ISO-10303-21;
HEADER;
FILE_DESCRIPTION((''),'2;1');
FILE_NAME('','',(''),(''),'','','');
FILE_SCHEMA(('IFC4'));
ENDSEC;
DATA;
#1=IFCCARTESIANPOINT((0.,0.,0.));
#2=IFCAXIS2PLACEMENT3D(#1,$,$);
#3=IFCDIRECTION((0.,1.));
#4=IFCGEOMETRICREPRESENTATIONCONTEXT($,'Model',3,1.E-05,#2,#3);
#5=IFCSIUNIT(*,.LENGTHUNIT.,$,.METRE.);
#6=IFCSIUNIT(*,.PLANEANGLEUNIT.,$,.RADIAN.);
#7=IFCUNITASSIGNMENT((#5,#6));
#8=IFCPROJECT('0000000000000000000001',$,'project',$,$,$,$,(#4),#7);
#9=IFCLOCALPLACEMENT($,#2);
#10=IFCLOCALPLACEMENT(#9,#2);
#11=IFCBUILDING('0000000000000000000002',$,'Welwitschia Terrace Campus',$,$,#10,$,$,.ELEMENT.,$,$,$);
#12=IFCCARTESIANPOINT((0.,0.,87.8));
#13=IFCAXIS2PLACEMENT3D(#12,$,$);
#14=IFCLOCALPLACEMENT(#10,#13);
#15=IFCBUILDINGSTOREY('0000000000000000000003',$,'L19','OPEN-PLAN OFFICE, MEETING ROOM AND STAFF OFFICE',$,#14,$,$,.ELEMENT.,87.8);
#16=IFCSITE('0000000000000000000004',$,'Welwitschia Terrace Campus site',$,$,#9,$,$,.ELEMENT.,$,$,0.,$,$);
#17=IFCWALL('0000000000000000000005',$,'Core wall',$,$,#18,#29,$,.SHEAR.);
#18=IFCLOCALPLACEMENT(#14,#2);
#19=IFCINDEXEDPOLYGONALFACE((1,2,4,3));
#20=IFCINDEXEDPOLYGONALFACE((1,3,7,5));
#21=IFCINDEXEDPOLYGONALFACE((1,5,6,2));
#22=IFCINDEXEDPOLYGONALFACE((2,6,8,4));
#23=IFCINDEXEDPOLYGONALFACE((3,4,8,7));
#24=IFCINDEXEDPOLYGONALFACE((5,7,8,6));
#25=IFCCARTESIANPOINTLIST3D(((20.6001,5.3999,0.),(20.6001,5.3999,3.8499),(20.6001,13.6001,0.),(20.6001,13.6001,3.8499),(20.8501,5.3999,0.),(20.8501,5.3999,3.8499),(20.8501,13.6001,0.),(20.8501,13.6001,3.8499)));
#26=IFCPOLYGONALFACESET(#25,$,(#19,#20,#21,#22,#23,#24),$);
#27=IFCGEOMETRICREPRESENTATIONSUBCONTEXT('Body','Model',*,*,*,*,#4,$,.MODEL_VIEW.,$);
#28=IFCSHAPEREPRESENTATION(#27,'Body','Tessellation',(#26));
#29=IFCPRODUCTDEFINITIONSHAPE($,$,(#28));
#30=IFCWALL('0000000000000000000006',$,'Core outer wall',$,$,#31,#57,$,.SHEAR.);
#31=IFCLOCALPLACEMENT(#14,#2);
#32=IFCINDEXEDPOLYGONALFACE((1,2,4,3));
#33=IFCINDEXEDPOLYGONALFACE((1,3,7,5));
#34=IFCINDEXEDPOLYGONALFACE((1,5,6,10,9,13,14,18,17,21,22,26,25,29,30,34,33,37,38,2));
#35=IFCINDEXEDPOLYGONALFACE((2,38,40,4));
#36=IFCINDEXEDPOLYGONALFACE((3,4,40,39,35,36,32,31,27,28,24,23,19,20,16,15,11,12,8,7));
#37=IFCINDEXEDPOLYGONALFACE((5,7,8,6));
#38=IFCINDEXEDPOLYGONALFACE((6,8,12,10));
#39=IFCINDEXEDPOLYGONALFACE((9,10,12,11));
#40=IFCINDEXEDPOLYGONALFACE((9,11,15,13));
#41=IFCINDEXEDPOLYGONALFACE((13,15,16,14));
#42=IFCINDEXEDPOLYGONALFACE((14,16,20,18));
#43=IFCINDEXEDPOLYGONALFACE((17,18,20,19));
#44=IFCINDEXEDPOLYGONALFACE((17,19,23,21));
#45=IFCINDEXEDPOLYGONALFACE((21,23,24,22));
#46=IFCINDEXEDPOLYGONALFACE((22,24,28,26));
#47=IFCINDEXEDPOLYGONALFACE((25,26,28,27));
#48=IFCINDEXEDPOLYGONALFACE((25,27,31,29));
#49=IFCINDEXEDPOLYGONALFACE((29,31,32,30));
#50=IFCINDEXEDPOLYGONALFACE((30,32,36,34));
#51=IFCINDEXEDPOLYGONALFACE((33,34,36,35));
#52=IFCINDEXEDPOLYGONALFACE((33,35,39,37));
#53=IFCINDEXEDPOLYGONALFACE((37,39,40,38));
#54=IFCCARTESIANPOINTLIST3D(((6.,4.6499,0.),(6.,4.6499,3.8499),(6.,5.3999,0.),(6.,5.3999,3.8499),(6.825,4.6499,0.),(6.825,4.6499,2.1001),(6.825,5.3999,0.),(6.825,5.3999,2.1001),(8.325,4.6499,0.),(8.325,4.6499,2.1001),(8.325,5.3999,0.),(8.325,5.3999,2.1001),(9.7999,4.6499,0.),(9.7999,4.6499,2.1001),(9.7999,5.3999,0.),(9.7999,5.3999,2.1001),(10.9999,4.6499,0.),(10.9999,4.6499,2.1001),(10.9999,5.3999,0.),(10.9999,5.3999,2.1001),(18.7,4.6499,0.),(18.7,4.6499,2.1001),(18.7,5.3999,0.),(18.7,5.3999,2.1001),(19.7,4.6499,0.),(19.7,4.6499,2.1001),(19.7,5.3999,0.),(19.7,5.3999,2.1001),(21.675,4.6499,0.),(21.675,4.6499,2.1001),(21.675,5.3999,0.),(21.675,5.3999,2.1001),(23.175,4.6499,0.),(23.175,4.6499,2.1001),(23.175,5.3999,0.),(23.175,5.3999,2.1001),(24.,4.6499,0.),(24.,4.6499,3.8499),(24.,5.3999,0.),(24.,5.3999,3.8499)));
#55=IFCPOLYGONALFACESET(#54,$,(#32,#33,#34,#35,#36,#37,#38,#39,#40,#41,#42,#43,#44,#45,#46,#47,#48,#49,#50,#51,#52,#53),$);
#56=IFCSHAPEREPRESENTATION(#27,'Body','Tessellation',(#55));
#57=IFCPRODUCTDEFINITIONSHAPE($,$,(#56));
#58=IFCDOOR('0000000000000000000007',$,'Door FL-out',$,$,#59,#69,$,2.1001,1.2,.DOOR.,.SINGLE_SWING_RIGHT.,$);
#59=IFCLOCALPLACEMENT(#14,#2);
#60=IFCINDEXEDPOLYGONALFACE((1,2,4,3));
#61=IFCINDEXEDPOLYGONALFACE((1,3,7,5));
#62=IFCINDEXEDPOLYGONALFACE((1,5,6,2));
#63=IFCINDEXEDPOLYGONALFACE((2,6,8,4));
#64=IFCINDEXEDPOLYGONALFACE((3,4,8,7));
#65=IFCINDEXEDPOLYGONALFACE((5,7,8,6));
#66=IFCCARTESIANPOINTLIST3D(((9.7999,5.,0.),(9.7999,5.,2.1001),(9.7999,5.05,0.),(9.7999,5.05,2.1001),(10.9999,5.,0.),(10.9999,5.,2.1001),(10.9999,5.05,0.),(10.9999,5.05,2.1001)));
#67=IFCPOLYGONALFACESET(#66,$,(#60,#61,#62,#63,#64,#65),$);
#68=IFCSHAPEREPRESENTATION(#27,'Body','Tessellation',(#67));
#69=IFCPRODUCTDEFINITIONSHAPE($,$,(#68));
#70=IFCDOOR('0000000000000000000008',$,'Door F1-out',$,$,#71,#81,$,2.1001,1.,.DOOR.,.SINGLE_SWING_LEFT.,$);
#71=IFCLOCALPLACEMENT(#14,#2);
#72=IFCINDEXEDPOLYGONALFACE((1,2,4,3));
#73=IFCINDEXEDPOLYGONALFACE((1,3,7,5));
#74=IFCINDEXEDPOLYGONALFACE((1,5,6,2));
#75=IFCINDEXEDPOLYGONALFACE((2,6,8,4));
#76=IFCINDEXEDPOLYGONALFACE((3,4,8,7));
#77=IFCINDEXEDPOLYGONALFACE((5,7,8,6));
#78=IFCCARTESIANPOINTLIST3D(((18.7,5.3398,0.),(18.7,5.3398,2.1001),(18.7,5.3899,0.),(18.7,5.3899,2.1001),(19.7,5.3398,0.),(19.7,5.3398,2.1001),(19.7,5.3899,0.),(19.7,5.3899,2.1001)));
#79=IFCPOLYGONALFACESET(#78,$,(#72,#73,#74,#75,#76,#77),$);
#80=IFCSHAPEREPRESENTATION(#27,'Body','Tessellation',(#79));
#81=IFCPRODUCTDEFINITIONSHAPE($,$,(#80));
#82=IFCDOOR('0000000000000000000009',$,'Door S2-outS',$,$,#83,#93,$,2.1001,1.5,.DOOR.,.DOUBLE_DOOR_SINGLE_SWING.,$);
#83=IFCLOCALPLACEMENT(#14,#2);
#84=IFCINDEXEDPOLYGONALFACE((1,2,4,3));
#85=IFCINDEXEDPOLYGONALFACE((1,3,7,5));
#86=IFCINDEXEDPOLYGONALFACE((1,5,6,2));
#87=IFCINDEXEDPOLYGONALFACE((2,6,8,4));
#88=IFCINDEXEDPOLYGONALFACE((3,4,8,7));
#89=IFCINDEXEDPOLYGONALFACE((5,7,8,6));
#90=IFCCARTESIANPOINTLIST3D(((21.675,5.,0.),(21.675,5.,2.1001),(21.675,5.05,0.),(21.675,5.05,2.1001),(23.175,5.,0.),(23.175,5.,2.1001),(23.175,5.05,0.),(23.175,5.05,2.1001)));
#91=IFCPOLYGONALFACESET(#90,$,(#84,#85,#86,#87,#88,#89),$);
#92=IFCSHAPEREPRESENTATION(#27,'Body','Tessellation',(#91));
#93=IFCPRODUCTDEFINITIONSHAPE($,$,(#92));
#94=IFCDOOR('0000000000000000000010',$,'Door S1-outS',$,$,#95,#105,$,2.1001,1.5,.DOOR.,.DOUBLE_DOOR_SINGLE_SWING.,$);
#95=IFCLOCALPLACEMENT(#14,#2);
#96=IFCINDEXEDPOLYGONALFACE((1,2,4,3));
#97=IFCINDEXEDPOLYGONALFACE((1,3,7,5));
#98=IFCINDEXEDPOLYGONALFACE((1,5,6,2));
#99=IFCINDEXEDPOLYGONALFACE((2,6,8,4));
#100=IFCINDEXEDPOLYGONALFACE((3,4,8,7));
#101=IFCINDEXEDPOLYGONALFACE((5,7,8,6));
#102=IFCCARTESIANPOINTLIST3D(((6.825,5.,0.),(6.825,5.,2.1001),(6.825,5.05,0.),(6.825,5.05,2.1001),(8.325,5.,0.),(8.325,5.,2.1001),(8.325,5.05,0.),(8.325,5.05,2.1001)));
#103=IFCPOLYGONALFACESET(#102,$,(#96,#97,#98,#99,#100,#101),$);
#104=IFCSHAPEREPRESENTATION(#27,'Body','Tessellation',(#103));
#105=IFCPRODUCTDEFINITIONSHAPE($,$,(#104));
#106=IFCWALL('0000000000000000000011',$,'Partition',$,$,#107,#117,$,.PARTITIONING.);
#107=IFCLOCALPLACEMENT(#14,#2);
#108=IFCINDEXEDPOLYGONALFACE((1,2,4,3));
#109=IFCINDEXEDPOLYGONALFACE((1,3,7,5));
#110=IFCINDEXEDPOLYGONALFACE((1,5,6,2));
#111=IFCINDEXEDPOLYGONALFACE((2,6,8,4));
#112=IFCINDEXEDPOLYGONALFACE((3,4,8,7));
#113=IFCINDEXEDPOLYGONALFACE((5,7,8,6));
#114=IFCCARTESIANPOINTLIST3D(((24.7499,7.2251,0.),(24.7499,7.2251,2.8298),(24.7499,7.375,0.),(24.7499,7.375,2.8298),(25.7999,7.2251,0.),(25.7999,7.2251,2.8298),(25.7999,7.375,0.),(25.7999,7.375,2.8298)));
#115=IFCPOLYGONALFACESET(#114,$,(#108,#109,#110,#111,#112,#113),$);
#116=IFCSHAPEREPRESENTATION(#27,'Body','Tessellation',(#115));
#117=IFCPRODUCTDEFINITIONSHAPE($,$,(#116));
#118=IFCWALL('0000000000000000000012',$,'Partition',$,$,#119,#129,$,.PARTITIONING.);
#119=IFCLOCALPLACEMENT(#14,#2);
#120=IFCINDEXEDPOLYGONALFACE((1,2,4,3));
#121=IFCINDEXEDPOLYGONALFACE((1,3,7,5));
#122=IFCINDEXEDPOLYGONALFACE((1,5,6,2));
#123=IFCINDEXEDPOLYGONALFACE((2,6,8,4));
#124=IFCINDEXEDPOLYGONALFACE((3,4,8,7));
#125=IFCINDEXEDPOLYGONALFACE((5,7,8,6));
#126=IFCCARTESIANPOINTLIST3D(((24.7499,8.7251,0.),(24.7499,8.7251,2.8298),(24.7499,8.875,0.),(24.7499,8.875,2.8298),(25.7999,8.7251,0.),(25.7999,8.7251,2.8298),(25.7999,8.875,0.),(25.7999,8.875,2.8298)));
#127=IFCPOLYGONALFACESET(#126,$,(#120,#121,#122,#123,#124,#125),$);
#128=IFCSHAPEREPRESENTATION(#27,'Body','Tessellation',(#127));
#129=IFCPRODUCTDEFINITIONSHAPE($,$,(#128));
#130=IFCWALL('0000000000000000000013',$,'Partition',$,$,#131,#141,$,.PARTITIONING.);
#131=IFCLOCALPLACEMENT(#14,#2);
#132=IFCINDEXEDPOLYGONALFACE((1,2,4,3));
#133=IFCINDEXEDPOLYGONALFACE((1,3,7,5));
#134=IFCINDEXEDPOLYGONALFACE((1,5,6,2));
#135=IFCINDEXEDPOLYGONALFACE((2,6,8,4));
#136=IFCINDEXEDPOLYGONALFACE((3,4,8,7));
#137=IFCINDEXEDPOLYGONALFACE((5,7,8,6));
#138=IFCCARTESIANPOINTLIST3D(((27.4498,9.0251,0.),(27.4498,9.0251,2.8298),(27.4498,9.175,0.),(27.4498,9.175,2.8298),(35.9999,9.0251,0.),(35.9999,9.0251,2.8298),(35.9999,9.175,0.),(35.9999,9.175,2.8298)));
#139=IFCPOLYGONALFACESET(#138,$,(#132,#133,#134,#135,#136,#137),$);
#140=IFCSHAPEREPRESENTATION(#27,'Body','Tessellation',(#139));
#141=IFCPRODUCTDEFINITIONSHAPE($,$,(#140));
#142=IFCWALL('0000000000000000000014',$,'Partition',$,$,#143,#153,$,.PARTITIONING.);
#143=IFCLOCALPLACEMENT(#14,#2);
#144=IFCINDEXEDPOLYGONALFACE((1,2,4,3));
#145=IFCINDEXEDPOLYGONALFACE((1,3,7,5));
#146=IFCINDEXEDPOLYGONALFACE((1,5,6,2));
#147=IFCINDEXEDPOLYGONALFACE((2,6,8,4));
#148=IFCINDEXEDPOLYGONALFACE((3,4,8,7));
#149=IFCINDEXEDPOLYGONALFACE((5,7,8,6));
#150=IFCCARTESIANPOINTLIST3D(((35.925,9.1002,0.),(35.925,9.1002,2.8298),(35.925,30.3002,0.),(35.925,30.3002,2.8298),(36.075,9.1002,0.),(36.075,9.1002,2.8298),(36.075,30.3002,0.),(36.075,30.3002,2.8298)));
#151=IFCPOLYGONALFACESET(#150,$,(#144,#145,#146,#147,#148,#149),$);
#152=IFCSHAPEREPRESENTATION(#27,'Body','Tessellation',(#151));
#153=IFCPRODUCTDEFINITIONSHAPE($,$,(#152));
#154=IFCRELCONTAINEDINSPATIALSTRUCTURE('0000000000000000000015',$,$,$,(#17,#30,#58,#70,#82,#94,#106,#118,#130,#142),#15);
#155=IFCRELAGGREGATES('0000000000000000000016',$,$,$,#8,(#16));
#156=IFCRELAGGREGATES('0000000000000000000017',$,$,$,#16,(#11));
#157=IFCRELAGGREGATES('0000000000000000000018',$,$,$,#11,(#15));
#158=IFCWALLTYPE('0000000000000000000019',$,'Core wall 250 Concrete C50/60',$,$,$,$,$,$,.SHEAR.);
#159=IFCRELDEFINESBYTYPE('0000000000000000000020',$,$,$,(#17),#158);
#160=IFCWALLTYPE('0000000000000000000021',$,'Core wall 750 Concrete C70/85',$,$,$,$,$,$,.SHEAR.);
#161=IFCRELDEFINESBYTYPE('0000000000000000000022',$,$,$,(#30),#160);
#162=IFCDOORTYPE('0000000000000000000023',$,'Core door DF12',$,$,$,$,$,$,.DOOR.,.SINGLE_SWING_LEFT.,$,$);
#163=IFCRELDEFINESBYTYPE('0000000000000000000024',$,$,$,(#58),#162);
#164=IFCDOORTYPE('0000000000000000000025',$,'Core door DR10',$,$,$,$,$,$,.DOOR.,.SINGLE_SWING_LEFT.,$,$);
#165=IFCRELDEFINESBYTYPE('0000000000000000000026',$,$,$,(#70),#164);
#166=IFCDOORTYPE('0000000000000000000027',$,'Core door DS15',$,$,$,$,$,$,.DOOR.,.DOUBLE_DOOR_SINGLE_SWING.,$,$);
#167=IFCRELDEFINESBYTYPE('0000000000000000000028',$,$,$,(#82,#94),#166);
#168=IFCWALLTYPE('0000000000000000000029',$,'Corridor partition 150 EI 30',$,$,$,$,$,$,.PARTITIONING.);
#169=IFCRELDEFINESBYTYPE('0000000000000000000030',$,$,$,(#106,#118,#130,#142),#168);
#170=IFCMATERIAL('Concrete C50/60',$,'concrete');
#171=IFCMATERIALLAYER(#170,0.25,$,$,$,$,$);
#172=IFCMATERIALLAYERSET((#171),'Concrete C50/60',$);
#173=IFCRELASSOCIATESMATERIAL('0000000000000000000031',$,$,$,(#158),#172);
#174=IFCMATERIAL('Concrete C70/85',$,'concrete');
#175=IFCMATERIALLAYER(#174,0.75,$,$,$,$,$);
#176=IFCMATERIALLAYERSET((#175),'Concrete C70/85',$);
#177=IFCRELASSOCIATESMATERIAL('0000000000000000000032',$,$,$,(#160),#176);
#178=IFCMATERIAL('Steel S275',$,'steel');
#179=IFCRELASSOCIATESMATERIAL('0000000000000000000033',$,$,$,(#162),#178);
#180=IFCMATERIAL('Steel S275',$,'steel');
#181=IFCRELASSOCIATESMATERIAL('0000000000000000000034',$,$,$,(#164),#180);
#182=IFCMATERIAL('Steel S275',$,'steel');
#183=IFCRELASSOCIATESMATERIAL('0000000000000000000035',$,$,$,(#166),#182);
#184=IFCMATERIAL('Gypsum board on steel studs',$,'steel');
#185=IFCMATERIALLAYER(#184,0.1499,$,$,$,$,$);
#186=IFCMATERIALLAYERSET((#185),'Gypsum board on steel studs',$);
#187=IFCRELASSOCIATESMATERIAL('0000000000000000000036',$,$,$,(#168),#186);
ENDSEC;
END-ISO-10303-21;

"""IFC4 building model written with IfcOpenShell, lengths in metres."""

from ifc_helpers import new_model, si_unit, direction, frame, frame_2d, origin, place, context, subcontext, project, spatial, rectangle, extrude, material, layer, layer_set, type_object, element, fill, save


model = new_model("IFC4")

# Units and contexts
model_context = context("Model", 3, precision=1e-05, world=origin(), true_north=direction((0.0, 1.0)))
body_context = subcontext(model_context, "Body", "Model", "MODEL_VIEW")
ifc_project = project(units=[si_unit("LENGTHUNIT", "METRE"), si_unit("PLANEANGLEUNIT", "RADIAN")], contexts=[model_context])

# Site, building, storey
site_placement = place(None, origin())
site = spatial("IfcSite", under=ifc_project, at=site_placement, Name="Welwitschia Terrace Campus site", CompositionType="ELEMENT", RefElevation=0.0)
building_placement = place(site_placement, origin())
building = spatial("IfcBuilding", under=site, at=building_placement, Name="Welwitschia Terrace Campus", CompositionType="ELEMENT")
storey_placement = place(building_placement, frame((0.0, 0.0, 87.8)))
storey = spatial("IfcBuildingStorey", under=building, at=storey_placement, Name="L19", Description="OPEN-PLAN OFFICE, MEETING ROOM AND STAFF OFFICE", CompositionType="ELEMENT", Elevation=87.8)

# Wall
ifc_material_1 = material(Name="Concrete C50/60", Category="concrete")
ifc_layer_1 = layer(ifc_material_1, 0.25)
ifc_layer_set_1 = layer_set([ifc_layer_1], Name="Concrete C50/60")
wall_type_1 = type_object("IfcWallType", Name="Core wall 250 Concrete C50/60", PredefinedType="SHEAR", material=ifc_layer_set_1)
wall_1_placement = place(storey_placement, frame((20.7251, 5.3999, 0.0), z_axis=(0.0, 0.0, 1.0), x_axis=(0.0, 1.0, 0.0)))
element("IfcWall", 1, at=wall_1_placement, inside=storey, type_object=wall_type_1, Name="Core wall", PredefinedType="SHEAR", context=body_context, shape_type="SweptSolid", body=[
    extrude(rectangle(XDim=8.2002, YDim=0.25, at=frame_2d((4.1001, 0.0))), origin(), (0.0, 0.0, 1.0), 3.8499),
])

# Wall, openings, doors
ifc_material_2 = material(Name="Concrete C70/85", Category="concrete")
ifc_layer_2 = layer(ifc_material_2, 0.75)
ifc_layer_set_2 = layer_set([ifc_layer_2], Name="Concrete C70/85")
wall_type_2 = type_object("IfcWallType", Name="Core wall 750 Concrete C70/85", PredefinedType="SHEAR", material=ifc_layer_set_2)
wall_2_placement = place(storey_placement, frame((24.0, 5.0249, 0.0), z_axis=(0.0, 0.0, 1.0), x_axis=(-1.0, 0.0, 0.0)))
wall_2 = element("IfcWall", 2, at=wall_2_placement, inside=storey, type_object=wall_type_2, Name="Core outer wall", PredefinedType="SHEAR", context=body_context, shape_type="SweptSolid", body=[
    extrude(rectangle(XDim=18.0, YDim=0.75, at=frame_2d((9.0, 0.0))), origin(), (0.0, 0.0, 1.0), 3.8499),
])
opening_1_placement = place(wall_2_placement, frame((0.825, 0.0, 0.0)))
opening_1 = element("IfcOpeningElement", 3, at=opening_1_placement, cuts=wall_2, PredefinedType="OPENING", context=body_context, shape_type="SweptSolid", body=[
    extrude(rectangle(XDim=1.5, YDim=2.1001, at=frame_2d((0.75, 1.05))), frame((0.0, 0.385, 0.0), z_axis=(0.0, -1.0, 0.0), x_axis=(1.0, 0.0, 0.0)), (0.0, 0.0, 1.0), 0.77),
])
opening_2_placement = place(wall_2_placement, frame((15.675, 0.0, 0.0)))
opening_2 = element("IfcOpeningElement", 4, at=opening_2_placement, cuts=wall_2, PredefinedType="OPENING", context=body_context, shape_type="SweptSolid", body=[
    extrude(rectangle(XDim=1.5, YDim=2.1001, at=frame_2d((0.75, 1.05))), frame((0.0, 0.385, 0.0), z_axis=(0.0, -1.0, 0.0), x_axis=(1.0, 0.0, 0.0)), (0.0, 0.0, 1.0), 0.77),
])
opening_3_placement = place(wall_2_placement, frame((13.0, 0.0, 0.0)))
opening_3 = element("IfcOpeningElement", 5, at=opening_3_placement, cuts=wall_2, PredefinedType="OPENING", context=body_context, shape_type="SweptSolid", body=[
    extrude(rectangle(XDim=1.2, YDim=2.1001, at=frame_2d((0.6001, 1.05))), frame((0.0, 0.385, 0.0), z_axis=(0.0, -1.0, 0.0), x_axis=(1.0, 0.0, 0.0)), (0.0, 0.0, 1.0), 0.77),
])
opening_4_placement = place(wall_2_placement, frame((4.3, 0.0, 0.0)))
opening_4 = element("IfcOpeningElement", 6, at=opening_4_placement, cuts=wall_2, PredefinedType="OPENING", context=body_context, shape_type="SweptSolid", body=[
    extrude(rectangle(XDim=1.0, YDim=2.1001, at=frame_2d((0.5, 1.05))), frame((0.0, 0.385, 0.0), z_axis=(0.0, -1.0, 0.0), x_axis=(1.0, 0.0, 0.0)), (0.0, 0.0, 1.0), 0.77),
])
ifc_material_3 = material(Name="Steel S275", Category="steel")
door_type_1 = type_object("IfcDoorType", Name="Core door DF12", OperationType="SINGLE_SWING_LEFT", PredefinedType="DOOR", material=ifc_material_3)
door_1_placement = place(opening_3_placement, origin())
door_1 = element("IfcDoor", 7, at=door_1_placement, inside=storey, type_object=door_type_1, Name="Door FL-out", OperationType="SINGLE_SWING_RIGHT", OverallHeight=2.1001, OverallWidth=1.2, PredefinedType="DOOR", context=body_context, shape_type="SweptSolid", body=[
    extrude(rectangle(XDim=1.2, YDim=2.1001, at=frame_2d((0.6001, 1.05))), frame((0.0, 0.0249, 0.0), z_axis=(0.0, -1.0, 0.0), x_axis=(1.0, 0.0, 0.0)), (0.0, 0.0, 1.0), 0.05),
])
fill(opening_3, door_1)
ifc_material_4 = material(Name="Steel S275", Category="steel")
door_type_2 = type_object("IfcDoorType", Name="Core door DR10", OperationType="SINGLE_SWING_LEFT", PredefinedType="DOOR", material=ifc_material_4)
door_2_placement = place(opening_4_placement, origin())
door_2 = element("IfcDoor", 8, at=door_2_placement, inside=storey, type_object=door_type_2, Name="Door F1-out", OperationType="SINGLE_SWING_LEFT", OverallHeight=2.1001, OverallWidth=1.0, PredefinedType="DOOR", context=body_context, shape_type="SweptSolid", body=[
    extrude(rectangle(XDim=1.0, YDim=2.1001, at=frame_2d((0.5, 1.05))), frame((0.0, -0.3149, 0.0), z_axis=(0.0, -1.0, 0.0), x_axis=(1.0, 0.0, 0.0)), (0.0, 0.0, 1.0), 0.05),
])
fill(opening_4, door_2)
ifc_material_5 = material(Name="Steel S275", Category="steel")
door_type_3 = type_object("IfcDoorType", Name="Core door DS15", OperationType="DOUBLE_DOOR_SINGLE_SWING", PredefinedType="DOOR", material=ifc_material_5)
door_3_placement = place(opening_1_placement, origin())
door_3 = element("IfcDoor", 9, at=door_3_placement, inside=storey, type_object=door_type_3, Name="Door S2-outS", OperationType="DOUBLE_DOOR_SINGLE_SWING", OverallHeight=2.1001, OverallWidth=1.5, PredefinedType="DOOR", context=body_context, shape_type="SweptSolid", body=[
    extrude(rectangle(XDim=1.5, YDim=2.1001, at=frame_2d((0.75, 1.05))), frame((0.0, 0.0249, 0.0), z_axis=(0.0, -1.0, 0.0), x_axis=(1.0, 0.0, 0.0)), (0.0, 0.0, 1.0), 0.05),
])
fill(opening_1, door_3)
door_4_placement = place(opening_2_placement, origin())
door_4 = element("IfcDoor", 10, at=door_4_placement, inside=storey, type_object=door_type_3, Name="Door S1-outS", OperationType="DOUBLE_DOOR_SINGLE_SWING", OverallHeight=2.1001, OverallWidth=1.5, PredefinedType="DOOR", context=body_context, shape_type="SweptSolid", body=[
    extrude(rectangle(XDim=1.5, YDim=2.1001, at=frame_2d((0.75, 1.05))), frame((0.0, 0.0249, 0.0), z_axis=(0.0, -1.0, 0.0), x_axis=(1.0, 0.0, 0.0)), (0.0, 0.0, 1.0), 0.05),
])
fill(opening_2, door_4)

# Walls
ifc_material_6 = material(Name="Gypsum board on steel studs", Category="steel")
ifc_layer_3 = layer(ifc_material_6, 0.1499)
ifc_layer_set_3 = layer_set([ifc_layer_3], Name="Gypsum board on steel studs")
wall_type_3 = type_object("IfcWallType", Name="Corridor partition 150 EI 30", PredefinedType="PARTITIONING", material=ifc_layer_set_3)
for number, where, z_axis, x_axis, name in (
    (11, (24.75, 7.3, 0.0), (0.0, 0.0, 1.0), (1.0, 0.0, 0.0), "Partition"),
    (12, (24.75, 8.8, 0.0), (0.0, 0.0, 1.0), (1.0, 0.0, 0.0), "Partition"),
):
    element("IfcWall", number, at=place(storey_placement, frame(where, z_axis=z_axis, x_axis=x_axis)), inside=storey, type_object=wall_type_3, Name=name, PredefinedType="PARTITIONING", context=body_context, shape_type="SweptSolid", body=[
        extrude(rectangle(XDim=1.05, YDim=0.1499, at=frame_2d((0.5249, 0.0))), origin(), (0.0, 0.0, 1.0), 2.8298),
    ])
wall_3_placement = place(storey_placement, frame((27.45, 9.1001, 0.0), z_axis=(0.0, 0.0, 1.0), x_axis=(1.0, 0.0, 0.0)))
element("IfcWall", 13, at=wall_3_placement, inside=storey, type_object=wall_type_3, Name="Partition", PredefinedType="PARTITIONING", context=body_context, shape_type="SweptSolid", body=[
    extrude(rectangle(XDim=8.55, YDim=0.1499, at=frame_2d((4.2749, 0.0))), origin(), (0.0, 0.0, 1.0), 2.8298),
])
wall_4_placement = place(storey_placement, frame((36.0, 9.1001, 0.0), z_axis=(0.0, 0.0, 1.0), x_axis=(0.0, 1.0, 0.0)))
element("IfcWall", 14, at=wall_4_placement, inside=storey, type_object=wall_type_3, Name="Partition", PredefinedType="PARTITIONING", context=body_context, shape_type="SweptSolid", body=[
    extrude(rectangle(XDim=21.2, YDim=0.1499, at=frame_2d((10.6001, 0.0))), origin(), (0.0, 0.0, 1.0), 2.8298),
])

save(model, "model.ifc")
